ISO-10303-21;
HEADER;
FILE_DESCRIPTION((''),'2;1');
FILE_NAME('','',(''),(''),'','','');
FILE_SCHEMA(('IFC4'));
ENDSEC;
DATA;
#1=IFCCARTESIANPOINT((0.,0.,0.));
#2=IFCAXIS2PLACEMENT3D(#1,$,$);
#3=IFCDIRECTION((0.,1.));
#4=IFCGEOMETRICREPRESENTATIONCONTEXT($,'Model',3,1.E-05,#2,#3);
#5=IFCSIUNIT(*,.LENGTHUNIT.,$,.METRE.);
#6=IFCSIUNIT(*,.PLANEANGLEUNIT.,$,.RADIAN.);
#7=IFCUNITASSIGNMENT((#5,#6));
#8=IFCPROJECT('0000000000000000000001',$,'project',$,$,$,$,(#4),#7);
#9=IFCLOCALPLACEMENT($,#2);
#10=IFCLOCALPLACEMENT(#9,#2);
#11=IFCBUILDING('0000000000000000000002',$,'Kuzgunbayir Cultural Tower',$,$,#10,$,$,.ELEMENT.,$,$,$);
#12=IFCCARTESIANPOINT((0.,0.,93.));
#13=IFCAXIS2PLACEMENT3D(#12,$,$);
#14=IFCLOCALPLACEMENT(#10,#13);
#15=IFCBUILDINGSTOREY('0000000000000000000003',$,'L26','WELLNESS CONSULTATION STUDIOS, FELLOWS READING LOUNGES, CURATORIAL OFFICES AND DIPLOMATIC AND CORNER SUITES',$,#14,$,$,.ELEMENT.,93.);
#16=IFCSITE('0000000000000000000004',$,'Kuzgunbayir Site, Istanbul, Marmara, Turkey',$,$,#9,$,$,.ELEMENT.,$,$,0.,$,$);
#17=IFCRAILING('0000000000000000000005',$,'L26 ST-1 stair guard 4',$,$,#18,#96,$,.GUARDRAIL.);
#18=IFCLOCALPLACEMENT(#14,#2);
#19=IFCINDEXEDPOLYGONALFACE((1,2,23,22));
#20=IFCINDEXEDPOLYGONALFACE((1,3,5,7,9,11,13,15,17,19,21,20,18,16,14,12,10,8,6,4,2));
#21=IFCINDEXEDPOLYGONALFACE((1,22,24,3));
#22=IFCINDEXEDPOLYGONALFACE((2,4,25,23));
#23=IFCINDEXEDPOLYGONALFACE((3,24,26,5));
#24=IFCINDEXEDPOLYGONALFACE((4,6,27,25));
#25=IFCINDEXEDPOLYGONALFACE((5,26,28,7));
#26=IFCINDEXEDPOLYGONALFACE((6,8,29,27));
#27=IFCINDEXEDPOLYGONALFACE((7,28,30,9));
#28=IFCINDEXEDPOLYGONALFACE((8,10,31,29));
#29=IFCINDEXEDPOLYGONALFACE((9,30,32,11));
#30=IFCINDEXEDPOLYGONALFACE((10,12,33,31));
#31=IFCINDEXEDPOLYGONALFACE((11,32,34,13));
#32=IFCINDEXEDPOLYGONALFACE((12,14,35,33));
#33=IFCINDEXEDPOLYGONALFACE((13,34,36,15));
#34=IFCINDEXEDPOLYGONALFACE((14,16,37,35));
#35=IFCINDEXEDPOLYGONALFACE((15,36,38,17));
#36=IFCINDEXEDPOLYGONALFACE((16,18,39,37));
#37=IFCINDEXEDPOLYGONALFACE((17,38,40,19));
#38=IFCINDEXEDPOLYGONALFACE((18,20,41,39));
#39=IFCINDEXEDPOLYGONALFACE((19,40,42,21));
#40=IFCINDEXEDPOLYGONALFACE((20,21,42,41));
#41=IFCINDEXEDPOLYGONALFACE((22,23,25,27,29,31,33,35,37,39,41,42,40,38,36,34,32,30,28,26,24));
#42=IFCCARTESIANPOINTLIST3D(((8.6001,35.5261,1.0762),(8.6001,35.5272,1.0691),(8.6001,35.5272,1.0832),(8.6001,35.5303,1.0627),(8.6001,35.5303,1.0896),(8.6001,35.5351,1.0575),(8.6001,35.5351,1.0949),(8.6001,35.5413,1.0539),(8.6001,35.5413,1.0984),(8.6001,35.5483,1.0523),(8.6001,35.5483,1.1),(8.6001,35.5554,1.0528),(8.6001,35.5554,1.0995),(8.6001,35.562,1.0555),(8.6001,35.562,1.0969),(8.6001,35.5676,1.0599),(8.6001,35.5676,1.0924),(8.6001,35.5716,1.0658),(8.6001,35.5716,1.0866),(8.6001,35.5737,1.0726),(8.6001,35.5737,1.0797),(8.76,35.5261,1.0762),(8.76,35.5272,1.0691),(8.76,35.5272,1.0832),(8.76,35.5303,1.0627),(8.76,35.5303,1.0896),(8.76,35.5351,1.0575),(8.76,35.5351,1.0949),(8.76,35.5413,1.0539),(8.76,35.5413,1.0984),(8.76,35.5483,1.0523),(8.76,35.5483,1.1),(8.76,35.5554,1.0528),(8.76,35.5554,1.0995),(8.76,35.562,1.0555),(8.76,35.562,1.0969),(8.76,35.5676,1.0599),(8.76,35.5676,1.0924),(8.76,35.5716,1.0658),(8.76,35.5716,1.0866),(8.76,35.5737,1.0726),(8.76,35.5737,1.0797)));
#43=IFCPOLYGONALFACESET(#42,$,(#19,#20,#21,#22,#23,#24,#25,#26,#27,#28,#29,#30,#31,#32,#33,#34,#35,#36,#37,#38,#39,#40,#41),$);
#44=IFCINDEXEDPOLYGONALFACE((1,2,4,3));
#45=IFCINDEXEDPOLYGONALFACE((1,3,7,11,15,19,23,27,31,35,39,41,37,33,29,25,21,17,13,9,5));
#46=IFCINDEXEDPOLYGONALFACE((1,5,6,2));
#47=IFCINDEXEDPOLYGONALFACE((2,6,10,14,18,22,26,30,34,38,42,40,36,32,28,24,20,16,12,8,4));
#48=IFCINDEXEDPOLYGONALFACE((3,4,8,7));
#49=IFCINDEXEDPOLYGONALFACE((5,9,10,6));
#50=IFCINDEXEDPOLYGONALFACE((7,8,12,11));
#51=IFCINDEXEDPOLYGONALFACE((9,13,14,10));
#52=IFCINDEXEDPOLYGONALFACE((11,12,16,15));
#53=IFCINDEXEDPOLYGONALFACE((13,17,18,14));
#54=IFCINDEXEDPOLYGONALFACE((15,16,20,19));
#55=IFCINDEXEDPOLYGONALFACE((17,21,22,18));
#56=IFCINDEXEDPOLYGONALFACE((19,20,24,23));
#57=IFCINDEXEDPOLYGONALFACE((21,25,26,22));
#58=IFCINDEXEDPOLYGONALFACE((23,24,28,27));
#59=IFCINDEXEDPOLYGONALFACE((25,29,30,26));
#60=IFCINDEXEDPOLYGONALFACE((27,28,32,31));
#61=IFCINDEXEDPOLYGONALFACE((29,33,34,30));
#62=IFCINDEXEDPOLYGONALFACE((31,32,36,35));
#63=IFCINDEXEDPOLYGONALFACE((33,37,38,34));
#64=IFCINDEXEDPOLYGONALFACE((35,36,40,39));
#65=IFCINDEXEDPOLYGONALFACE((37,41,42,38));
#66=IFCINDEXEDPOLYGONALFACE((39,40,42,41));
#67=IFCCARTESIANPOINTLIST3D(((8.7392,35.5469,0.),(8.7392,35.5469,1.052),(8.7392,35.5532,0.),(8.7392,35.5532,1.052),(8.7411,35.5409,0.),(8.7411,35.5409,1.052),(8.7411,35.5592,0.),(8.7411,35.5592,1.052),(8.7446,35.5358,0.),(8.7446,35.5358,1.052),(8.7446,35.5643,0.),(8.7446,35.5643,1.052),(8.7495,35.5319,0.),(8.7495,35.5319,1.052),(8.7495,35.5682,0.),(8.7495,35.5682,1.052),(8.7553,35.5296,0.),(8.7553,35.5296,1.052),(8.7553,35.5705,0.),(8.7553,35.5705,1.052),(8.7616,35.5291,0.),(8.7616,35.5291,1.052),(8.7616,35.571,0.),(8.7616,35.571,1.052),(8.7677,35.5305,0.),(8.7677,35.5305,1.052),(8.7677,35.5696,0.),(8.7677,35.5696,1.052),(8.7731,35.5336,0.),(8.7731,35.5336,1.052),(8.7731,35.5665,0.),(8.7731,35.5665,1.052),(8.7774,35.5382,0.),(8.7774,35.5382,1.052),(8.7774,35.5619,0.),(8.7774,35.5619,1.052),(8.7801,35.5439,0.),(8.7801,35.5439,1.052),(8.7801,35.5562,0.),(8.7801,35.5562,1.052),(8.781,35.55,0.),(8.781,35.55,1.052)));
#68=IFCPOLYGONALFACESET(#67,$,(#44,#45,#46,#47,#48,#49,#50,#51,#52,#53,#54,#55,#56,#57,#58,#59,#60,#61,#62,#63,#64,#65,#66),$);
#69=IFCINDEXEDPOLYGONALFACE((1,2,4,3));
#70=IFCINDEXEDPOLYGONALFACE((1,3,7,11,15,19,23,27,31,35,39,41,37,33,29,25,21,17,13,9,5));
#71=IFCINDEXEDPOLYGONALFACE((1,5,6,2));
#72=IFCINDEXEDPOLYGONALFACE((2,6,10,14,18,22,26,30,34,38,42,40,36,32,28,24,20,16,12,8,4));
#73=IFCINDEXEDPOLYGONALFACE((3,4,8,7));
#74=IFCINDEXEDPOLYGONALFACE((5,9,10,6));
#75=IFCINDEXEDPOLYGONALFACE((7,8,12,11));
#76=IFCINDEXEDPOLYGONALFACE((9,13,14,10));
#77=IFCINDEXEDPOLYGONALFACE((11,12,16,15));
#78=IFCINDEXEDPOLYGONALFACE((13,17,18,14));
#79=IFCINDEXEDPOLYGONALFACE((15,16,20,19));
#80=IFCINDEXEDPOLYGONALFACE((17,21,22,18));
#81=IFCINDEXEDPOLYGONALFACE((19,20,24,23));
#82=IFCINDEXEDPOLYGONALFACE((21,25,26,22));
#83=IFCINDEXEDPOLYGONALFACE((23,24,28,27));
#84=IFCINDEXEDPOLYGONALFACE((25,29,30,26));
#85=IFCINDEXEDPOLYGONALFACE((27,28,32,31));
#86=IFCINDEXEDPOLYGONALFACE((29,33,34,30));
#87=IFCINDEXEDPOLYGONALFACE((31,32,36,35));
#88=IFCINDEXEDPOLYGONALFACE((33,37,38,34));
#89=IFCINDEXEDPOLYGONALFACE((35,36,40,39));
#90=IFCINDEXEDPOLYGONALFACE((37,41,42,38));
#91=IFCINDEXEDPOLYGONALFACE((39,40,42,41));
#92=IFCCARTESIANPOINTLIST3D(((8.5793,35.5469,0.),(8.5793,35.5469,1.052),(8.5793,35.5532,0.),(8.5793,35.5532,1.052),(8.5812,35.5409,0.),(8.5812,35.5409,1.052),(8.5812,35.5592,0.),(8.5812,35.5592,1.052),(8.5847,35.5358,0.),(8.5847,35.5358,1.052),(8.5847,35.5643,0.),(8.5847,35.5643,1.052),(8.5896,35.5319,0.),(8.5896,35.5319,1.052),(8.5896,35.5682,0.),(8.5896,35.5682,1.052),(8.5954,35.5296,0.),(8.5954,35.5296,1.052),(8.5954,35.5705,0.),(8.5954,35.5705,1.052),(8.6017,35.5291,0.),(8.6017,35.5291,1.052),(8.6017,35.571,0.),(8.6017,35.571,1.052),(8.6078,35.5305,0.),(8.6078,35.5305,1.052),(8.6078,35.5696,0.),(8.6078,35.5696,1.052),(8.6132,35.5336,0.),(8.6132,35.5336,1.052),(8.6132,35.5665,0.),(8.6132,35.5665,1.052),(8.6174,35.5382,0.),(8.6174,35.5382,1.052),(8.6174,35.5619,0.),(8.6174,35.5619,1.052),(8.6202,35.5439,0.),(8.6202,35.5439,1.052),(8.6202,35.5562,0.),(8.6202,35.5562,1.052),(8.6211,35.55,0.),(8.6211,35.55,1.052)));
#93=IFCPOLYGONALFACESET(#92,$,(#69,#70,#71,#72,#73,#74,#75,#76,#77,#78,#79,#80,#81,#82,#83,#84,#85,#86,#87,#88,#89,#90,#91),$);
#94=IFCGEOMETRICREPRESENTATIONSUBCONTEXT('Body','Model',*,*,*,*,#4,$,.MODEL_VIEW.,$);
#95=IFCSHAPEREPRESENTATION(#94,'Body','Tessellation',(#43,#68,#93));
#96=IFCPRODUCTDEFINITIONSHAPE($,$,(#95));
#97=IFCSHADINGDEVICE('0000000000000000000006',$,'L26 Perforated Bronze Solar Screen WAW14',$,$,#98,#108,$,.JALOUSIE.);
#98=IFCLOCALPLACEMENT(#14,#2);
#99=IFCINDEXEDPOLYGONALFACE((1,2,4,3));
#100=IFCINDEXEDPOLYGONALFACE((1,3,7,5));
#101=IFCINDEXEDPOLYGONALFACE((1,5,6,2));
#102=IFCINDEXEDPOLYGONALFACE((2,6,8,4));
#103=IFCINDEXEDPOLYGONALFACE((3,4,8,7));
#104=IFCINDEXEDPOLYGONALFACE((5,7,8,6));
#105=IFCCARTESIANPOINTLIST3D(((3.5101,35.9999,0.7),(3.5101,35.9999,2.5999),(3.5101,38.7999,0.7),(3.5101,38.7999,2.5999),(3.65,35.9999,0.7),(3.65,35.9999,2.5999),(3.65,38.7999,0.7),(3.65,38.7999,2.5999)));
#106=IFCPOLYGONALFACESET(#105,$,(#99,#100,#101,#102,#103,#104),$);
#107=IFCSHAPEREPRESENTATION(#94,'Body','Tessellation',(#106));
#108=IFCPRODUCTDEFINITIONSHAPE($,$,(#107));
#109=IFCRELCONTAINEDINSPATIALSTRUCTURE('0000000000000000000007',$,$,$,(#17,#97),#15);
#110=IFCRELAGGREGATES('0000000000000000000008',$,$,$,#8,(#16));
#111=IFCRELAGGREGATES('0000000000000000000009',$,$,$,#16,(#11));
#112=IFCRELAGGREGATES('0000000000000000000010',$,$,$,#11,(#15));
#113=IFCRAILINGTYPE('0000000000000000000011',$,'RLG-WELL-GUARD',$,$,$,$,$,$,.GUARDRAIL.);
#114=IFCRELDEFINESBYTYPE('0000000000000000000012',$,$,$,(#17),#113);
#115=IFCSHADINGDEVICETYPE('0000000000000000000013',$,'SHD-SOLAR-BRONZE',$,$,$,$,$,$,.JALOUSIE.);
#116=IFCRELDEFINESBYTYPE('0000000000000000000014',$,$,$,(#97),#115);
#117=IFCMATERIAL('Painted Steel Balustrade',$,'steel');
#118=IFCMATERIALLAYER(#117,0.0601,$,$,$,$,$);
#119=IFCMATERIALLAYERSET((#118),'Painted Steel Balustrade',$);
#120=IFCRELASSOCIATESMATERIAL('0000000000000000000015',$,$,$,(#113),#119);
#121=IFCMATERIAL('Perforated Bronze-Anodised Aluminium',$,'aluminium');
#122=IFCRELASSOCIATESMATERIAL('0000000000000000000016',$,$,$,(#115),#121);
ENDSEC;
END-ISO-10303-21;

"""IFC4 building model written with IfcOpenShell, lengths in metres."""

from ifc_helpers import new_model, si_unit, direction, frame, origin, origin_2d, place, context, subcontext, project, spatial, rectangle, circle, extrude, material, layer, layer_set, type_object, element, save


model = new_model("IFC4")

# Units and contexts
model_context = context("Model", 3, precision=1e-05, world=origin(), true_north=direction((0.0, 1.0)))
body_context = subcontext(model_context, "Body", "Model", "MODEL_VIEW")
ifc_project = project(units=[si_unit("LENGTHUNIT", "METRE"), si_unit("PLANEANGLEUNIT", "RADIAN")], contexts=[model_context])

# Site, building, storey
site_placement = place(None, origin())
site = spatial("IfcSite", under=ifc_project, at=site_placement, Name="Kuzgunbayir Site, Istanbul, Marmara, Turkey", CompositionType="ELEMENT", RefElevation=0.0)
building_placement = place(site_placement, origin())
building = spatial("IfcBuilding", under=site, at=building_placement, Name="Kuzgunbayir Cultural Tower", CompositionType="ELEMENT")
storey_placement = place(building_placement, frame((0.0, 0.0, 93.0)))
storey = spatial("IfcBuildingStorey", under=building, at=storey_placement, Name="L26", Description="WELLNESS CONSULTATION STUDIOS, FELLOWS READING LOUNGES, CURATORIAL OFFICES AND DIPLOMATIC AND CORNER SUITES", CompositionType="ELEMENT", Elevation=93.0)

# Railing
ifc_material_1 = material(Name="Painted Steel Balustrade", Category="steel")
ifc_layer_1 = layer(ifc_material_1, 0.0601)
ifc_layer_set_1 = layer_set([ifc_layer_1], Name="Painted Steel Balustrade")
railing_type_1 = type_object("IfcRailingType", Name="RLG-WELL-GUARD", PredefinedType="GUARDRAIL", material=ifc_layer_set_1)
railing_1_placement = place(storey_placement, frame((8.76, 35.55, 0.0)))
element("IfcRailing", 1, at=railing_1_placement, inside=storey, type_object=railing_type_1, Name="L26 ST-1 stair guard 4", PredefinedType="GUARDRAIL", context=body_context, shape_type="SweptSolid", body=[
    extrude(circle(Radius=0.0239, at=origin_2d()), frame((0.0, 0.0, 1.0762), z_axis=(-1.0, 0.0, 0.0), x_axis=(0.0, -1.0, 0.0)), (0.0, 0.0, 1.0), 0.1599),
    extrude(circle(Radius=0.021, at=origin_2d()), origin(), (0.0, 0.0, 1.0), 1.052),
    extrude(circle(Radius=0.021, at=origin_2d()), frame((-0.1599, 0.0, 0.0)), (0.0, 0.0, 1.0), 1.052),
])

# Shading device
ifc_material_2 = material(Name="Perforated Bronze-Anodised Aluminium", Category="aluminium")
shading_device_type = type_object("IfcShadingDeviceType", Name="SHD-SOLAR-BRONZE", PredefinedType="JALOUSIE", material=ifc_material_2)
shading_device_placement = place(storey_placement, frame((3.5801, 37.3999, 0.7), z_axis=(0.0, 0.0, 1.0), x_axis=(1.0, 0.0, 0.0)))
element("IfcShadingDevice", 2, at=shading_device_placement, inside=storey, type_object=shading_device_type, Name="L26 Perforated Bronze Solar Screen WAW14", PredefinedType="JALOUSIE", context=body_context, shape_type="SweptSolid", body=[
    extrude(rectangle(XDim=0.1399, YDim=2.8, at=origin_2d()), origin(), (0.0, 0.0, 1.0), 1.8999),
])

save(model, "model.ifc")
